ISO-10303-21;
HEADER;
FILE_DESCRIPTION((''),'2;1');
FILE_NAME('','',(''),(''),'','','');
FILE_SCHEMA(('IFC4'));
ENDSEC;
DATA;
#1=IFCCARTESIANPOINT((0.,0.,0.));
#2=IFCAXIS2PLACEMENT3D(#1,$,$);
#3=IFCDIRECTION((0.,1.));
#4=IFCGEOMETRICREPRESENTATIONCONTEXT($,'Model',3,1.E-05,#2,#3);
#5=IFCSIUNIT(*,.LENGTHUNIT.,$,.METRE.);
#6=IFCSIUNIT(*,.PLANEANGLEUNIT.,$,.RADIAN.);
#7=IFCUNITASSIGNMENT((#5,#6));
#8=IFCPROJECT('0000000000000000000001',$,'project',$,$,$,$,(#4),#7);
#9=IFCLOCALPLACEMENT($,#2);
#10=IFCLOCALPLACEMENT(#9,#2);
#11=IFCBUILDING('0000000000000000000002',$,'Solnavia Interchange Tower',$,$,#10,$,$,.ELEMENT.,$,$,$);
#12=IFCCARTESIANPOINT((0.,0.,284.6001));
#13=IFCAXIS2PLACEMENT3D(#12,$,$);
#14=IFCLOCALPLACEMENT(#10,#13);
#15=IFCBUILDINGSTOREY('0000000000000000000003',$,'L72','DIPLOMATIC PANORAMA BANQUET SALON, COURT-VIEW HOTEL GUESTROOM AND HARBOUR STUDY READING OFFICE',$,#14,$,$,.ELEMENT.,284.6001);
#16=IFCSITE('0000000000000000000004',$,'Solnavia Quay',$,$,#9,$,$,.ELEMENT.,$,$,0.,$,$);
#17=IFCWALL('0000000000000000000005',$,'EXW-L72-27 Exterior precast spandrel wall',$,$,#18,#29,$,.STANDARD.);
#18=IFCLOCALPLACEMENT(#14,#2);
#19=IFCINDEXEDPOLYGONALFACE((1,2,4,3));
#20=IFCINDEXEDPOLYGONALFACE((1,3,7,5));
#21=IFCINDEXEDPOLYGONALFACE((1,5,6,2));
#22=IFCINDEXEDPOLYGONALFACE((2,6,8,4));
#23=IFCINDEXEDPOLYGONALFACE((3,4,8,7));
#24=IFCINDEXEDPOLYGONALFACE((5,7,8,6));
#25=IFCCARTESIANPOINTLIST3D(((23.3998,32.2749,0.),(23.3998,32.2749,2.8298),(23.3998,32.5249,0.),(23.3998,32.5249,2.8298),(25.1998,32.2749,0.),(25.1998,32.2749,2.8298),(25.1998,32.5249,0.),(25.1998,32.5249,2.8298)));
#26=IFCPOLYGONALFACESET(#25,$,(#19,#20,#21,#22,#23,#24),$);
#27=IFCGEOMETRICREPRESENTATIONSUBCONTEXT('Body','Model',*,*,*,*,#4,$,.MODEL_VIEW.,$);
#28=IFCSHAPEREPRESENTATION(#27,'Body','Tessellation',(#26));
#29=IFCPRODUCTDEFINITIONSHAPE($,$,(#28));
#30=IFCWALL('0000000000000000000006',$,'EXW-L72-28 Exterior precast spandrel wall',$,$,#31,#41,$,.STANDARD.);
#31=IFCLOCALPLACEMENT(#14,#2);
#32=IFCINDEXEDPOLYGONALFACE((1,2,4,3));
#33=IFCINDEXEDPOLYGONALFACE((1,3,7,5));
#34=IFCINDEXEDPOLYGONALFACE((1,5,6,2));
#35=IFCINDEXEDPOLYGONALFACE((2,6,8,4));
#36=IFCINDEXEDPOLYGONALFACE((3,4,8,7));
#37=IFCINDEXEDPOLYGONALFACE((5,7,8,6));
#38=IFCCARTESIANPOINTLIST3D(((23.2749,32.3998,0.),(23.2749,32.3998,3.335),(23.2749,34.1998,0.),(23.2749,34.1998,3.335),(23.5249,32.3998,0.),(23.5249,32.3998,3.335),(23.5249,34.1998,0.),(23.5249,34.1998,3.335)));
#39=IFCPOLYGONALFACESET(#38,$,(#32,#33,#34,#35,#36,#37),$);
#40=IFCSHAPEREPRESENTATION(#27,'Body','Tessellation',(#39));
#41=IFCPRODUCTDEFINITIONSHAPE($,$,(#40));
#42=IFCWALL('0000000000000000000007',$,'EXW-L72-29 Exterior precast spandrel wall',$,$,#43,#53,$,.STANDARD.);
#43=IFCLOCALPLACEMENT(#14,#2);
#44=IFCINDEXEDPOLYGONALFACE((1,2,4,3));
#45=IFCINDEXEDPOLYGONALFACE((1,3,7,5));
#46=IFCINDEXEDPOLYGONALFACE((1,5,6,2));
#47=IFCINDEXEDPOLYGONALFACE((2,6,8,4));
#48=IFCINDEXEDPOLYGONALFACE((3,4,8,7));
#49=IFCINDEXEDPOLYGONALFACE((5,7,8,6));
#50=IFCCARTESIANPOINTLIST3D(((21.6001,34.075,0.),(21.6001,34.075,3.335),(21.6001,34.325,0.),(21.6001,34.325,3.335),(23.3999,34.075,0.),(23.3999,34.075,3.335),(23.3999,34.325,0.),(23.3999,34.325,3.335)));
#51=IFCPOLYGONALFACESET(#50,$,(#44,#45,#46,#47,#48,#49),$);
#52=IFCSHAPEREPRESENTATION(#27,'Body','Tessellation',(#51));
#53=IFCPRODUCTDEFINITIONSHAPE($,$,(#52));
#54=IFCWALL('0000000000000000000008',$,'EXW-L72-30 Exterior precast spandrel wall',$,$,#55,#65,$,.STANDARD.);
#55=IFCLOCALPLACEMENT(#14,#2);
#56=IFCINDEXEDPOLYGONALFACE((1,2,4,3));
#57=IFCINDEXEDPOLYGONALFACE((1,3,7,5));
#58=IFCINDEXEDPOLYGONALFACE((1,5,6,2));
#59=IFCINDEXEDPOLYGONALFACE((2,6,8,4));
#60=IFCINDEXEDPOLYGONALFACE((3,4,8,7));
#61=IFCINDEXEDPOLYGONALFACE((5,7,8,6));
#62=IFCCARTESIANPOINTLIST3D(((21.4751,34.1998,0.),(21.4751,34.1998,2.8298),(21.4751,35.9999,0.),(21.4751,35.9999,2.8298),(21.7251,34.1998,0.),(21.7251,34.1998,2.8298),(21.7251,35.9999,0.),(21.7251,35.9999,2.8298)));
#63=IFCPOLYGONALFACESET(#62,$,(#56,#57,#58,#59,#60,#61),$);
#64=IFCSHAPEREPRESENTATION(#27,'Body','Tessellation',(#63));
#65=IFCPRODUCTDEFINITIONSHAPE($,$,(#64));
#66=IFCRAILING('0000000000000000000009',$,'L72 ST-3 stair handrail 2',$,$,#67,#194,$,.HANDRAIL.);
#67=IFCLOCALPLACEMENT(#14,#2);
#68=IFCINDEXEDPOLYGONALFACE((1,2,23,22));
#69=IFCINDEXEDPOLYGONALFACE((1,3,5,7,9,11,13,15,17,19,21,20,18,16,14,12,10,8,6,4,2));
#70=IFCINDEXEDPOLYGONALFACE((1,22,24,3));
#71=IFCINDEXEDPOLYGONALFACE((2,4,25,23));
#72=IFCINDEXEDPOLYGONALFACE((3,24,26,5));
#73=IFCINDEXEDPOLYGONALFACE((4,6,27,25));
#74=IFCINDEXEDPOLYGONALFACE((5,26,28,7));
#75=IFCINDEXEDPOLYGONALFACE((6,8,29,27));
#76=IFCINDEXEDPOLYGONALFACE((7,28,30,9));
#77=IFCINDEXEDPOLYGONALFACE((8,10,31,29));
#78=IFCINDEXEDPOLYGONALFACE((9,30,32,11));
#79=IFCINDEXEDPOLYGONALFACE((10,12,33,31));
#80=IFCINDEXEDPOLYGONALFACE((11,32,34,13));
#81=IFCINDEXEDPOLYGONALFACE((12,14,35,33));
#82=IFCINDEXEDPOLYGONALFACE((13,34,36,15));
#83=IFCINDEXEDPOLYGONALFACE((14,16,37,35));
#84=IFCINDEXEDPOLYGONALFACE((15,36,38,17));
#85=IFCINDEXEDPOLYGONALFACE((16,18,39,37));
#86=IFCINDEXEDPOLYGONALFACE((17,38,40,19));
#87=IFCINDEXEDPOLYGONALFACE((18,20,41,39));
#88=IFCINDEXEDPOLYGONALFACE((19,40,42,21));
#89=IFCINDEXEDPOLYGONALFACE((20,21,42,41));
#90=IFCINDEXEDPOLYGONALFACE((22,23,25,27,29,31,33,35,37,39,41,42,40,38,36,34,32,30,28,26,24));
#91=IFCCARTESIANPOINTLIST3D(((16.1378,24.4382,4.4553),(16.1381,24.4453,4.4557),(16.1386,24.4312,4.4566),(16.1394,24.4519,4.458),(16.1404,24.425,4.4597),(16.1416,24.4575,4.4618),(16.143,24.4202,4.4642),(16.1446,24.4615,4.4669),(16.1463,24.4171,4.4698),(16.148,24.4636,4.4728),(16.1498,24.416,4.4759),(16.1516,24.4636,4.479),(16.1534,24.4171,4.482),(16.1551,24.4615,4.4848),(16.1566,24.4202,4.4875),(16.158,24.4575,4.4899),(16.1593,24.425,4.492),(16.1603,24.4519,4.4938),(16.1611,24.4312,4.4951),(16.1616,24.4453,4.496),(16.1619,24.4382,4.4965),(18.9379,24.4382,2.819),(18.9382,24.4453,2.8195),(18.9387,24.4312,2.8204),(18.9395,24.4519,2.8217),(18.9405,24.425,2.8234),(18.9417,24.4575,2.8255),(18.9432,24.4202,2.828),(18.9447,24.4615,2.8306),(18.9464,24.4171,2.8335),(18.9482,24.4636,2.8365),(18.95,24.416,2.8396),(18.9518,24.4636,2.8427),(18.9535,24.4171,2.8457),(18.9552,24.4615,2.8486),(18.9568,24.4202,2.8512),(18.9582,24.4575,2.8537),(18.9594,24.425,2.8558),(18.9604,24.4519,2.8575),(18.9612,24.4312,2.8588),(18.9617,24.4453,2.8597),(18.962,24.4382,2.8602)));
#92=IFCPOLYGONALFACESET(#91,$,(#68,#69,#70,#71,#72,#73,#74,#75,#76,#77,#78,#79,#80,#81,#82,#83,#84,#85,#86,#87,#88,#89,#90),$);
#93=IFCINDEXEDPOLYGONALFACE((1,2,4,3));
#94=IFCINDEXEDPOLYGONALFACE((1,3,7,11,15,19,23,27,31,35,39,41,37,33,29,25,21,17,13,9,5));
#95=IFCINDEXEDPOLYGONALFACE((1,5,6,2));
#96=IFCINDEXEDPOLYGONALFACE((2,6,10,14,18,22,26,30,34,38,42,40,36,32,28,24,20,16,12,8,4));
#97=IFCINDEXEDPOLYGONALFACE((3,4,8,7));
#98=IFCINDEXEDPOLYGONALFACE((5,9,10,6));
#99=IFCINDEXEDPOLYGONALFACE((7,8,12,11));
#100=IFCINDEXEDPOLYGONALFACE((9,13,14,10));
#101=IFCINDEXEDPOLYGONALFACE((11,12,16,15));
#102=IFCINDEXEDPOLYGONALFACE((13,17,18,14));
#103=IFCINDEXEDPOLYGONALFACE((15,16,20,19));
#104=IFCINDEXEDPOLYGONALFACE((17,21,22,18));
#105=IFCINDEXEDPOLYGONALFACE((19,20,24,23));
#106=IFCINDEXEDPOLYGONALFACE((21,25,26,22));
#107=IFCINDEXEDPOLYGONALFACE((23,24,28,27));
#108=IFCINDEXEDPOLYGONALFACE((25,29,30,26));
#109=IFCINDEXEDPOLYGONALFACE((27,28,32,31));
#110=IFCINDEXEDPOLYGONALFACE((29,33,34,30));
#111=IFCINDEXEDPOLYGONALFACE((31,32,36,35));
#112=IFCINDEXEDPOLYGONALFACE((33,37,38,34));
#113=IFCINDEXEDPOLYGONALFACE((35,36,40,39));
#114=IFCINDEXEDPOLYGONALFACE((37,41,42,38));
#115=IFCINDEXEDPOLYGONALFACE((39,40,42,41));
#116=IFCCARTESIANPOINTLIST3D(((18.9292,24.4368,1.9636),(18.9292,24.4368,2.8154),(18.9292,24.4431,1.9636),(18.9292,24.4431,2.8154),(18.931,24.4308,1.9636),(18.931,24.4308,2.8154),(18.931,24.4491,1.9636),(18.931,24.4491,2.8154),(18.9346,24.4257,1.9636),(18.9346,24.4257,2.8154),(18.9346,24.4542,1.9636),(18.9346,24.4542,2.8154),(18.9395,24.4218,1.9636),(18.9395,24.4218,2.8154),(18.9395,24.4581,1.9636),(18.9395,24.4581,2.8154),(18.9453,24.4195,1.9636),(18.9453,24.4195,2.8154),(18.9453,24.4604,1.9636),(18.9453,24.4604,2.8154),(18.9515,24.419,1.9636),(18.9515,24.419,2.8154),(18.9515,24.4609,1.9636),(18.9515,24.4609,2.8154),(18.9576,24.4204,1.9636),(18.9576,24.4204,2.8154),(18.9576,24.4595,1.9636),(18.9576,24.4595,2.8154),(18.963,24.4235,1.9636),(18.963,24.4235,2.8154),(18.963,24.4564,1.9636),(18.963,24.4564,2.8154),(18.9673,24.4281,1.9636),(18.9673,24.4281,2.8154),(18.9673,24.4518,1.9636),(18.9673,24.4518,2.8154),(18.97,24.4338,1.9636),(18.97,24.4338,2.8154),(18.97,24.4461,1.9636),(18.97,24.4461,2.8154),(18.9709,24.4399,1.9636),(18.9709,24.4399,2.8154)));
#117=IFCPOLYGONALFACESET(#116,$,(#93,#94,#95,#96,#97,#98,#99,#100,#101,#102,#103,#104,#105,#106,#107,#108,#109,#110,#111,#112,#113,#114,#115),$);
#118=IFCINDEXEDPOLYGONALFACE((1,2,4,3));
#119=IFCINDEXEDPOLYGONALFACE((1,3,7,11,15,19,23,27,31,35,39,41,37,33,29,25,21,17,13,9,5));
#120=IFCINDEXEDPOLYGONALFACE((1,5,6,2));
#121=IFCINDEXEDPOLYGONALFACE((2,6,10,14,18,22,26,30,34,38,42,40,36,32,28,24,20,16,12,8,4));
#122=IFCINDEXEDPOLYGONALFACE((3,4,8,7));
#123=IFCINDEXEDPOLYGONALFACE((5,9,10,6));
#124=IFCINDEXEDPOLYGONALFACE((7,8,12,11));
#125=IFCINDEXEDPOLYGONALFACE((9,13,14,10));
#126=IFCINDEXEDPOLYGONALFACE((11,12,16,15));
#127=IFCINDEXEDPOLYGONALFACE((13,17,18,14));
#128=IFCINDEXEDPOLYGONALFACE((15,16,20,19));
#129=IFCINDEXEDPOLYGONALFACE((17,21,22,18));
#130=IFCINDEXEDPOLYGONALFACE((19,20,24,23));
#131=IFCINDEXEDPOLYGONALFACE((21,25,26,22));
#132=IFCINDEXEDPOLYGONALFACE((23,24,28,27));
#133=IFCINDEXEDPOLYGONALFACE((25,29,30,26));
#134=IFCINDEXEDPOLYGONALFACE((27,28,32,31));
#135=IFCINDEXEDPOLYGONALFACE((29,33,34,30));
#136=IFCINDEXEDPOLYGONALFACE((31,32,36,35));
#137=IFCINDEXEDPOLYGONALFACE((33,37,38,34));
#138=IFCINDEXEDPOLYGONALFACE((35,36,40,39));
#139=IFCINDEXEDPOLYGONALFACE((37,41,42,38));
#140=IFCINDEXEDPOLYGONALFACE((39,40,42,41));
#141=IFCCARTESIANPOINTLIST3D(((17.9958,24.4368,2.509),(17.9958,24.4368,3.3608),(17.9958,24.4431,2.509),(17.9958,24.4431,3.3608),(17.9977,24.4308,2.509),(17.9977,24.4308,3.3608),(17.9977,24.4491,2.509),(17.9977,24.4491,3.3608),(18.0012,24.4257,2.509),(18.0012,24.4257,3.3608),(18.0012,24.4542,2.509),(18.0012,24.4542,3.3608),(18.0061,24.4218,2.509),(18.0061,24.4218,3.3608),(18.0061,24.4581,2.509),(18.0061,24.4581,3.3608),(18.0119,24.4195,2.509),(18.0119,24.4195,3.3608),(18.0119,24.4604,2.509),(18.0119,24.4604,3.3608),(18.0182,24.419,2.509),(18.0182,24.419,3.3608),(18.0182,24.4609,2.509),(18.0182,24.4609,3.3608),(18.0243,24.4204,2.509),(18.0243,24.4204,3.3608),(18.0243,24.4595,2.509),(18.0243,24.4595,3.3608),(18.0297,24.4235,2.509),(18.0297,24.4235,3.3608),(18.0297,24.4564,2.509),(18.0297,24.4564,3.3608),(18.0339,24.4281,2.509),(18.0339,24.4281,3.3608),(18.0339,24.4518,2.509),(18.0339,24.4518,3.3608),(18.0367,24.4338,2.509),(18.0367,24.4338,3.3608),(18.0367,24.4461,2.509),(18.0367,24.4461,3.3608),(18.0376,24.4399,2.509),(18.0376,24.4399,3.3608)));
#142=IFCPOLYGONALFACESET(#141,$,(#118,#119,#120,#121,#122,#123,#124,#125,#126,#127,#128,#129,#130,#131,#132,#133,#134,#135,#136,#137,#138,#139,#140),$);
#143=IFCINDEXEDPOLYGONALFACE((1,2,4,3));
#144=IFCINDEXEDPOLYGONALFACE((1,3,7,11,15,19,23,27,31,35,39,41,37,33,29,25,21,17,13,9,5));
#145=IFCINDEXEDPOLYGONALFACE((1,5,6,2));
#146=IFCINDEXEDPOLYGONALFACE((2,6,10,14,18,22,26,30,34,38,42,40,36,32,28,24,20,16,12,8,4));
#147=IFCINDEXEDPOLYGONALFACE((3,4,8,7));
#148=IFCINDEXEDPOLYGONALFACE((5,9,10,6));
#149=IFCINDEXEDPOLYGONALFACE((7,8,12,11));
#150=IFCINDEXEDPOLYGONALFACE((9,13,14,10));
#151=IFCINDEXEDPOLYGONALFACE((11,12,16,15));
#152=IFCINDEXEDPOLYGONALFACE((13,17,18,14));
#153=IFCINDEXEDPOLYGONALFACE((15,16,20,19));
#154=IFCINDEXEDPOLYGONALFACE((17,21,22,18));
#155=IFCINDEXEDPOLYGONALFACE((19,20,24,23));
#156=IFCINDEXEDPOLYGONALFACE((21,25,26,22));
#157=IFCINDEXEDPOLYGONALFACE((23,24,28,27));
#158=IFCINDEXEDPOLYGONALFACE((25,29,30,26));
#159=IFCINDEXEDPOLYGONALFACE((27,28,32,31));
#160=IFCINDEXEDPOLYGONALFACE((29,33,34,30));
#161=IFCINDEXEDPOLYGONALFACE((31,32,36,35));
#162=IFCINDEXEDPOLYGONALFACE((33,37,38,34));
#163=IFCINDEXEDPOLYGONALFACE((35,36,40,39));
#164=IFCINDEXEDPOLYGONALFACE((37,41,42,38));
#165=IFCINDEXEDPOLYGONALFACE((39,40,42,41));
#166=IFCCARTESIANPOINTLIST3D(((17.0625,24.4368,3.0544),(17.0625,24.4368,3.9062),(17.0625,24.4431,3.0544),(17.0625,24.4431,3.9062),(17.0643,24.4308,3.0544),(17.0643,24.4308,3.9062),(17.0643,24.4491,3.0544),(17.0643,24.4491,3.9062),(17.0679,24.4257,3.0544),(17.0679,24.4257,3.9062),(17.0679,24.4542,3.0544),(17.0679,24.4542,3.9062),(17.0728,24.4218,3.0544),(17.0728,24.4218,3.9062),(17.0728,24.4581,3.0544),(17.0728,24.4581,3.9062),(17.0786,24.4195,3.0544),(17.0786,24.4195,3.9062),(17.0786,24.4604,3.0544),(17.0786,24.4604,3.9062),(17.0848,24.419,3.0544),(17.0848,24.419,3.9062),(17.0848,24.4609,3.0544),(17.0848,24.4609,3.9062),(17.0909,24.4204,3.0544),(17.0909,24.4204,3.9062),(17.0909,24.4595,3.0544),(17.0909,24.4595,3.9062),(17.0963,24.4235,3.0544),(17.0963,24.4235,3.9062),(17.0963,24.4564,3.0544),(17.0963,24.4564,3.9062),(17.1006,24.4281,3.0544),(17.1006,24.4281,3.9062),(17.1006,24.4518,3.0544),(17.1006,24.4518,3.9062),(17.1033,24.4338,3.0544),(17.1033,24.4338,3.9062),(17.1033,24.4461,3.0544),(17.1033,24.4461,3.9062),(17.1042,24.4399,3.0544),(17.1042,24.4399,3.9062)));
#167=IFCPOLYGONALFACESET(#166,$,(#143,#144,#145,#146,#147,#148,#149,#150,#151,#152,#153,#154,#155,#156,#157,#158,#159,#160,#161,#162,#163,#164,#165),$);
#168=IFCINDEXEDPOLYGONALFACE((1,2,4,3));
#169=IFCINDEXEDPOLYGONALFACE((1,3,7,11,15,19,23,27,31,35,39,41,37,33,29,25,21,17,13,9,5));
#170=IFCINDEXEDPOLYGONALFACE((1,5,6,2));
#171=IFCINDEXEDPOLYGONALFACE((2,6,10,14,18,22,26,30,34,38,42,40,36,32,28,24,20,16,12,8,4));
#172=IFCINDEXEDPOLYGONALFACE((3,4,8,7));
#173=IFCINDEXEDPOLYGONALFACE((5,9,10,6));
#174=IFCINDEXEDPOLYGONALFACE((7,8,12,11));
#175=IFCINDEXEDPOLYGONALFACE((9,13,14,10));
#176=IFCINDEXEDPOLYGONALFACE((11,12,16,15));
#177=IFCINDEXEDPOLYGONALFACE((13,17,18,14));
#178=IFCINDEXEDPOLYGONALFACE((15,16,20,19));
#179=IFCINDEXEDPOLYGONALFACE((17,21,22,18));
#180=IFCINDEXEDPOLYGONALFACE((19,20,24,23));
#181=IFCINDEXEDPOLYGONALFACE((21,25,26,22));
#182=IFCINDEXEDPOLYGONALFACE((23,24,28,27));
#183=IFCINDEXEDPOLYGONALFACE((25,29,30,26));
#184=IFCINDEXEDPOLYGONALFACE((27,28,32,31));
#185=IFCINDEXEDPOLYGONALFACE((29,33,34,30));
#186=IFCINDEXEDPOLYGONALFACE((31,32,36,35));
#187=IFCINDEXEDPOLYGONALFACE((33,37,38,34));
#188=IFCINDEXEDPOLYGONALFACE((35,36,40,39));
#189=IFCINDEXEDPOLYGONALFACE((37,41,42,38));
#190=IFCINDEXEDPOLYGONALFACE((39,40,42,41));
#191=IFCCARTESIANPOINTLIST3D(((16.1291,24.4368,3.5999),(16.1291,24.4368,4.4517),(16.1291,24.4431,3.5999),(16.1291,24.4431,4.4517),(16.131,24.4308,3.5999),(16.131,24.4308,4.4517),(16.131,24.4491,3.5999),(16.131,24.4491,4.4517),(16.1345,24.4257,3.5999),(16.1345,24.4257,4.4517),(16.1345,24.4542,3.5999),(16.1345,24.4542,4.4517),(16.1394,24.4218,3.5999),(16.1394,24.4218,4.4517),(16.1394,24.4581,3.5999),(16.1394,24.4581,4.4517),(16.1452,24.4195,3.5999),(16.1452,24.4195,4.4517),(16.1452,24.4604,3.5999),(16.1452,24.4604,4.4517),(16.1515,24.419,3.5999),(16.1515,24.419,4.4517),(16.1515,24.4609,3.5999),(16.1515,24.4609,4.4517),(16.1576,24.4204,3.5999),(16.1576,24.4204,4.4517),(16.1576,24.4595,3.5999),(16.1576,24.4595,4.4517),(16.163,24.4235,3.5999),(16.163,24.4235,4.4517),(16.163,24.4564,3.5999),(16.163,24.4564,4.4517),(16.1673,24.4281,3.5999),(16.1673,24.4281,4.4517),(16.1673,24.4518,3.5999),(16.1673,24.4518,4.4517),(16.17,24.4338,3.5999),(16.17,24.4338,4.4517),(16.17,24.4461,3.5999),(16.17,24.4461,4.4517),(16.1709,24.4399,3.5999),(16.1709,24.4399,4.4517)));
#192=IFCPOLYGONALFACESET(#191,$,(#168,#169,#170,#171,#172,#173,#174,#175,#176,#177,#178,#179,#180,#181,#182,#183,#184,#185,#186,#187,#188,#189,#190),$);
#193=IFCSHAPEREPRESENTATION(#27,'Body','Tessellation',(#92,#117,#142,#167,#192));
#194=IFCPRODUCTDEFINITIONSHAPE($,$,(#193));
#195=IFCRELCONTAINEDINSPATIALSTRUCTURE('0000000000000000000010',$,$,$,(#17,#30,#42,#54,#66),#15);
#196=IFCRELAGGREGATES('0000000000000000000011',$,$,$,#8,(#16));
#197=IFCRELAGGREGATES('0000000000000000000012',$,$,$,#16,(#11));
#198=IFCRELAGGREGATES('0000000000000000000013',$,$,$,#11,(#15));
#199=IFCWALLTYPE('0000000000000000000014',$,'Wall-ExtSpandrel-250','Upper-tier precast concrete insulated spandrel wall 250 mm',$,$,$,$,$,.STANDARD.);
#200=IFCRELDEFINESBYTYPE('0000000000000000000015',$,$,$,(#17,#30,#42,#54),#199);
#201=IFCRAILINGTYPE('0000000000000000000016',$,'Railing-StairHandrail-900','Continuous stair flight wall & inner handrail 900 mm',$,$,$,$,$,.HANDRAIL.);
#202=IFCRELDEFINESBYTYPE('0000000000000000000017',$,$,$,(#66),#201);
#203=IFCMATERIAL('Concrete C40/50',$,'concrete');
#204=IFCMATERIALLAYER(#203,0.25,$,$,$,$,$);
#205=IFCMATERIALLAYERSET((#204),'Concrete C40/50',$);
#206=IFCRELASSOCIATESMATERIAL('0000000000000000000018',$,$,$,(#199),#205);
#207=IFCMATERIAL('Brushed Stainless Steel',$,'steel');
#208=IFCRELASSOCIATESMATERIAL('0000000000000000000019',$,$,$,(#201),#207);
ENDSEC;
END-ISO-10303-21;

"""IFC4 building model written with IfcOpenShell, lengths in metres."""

from ifc_helpers import new_model, si_unit, direction, frame, frame_2d, origin, origin_2d, place, context, subcontext, project, spatial, rectangle, circle, extrude, material, layer, layer_set, type_object, element, save


model = new_model("IFC4")

# Units and contexts
model_context = context("Model", 3, precision=1e-05, world=origin(), true_north=direction((0.0, 1.0)))
body_context = subcontext(model_context, "Body", "Model", "MODEL_VIEW")
ifc_project = project(units=[si_unit("LENGTHUNIT", "METRE"), si_unit("PLANEANGLEUNIT", "RADIAN")], contexts=[model_context])

# Site, building, storey
site_placement = place(None, origin())
site = spatial("IfcSite", under=ifc_project, at=site_placement, Name="Solnavia Quay", CompositionType="ELEMENT", RefElevation=0.0)
building_placement = place(site_placement, origin())
building = spatial("IfcBuilding", under=site, at=building_placement, Name="Solnavia Interchange Tower", CompositionType="ELEMENT")
storey_placement = place(building_placement, frame((0.0, 0.0, 284.6001)))
storey = spatial("IfcBuildingStorey", under=building, at=storey_placement, Name="L72", Description="DIPLOMATIC PANORAMA BANQUET SALON, COURT-VIEW HOTEL GUESTROOM AND HARBOUR STUDY READING OFFICE", CompositionType="ELEMENT", Elevation=284.6001)

# Shared definitions
ifc_material_1 = material(Name="Concrete C40/50", Category="concrete")
ifc_layer = layer(ifc_material_1, 0.25)
ifc_layer_set = layer_set([ifc_layer], Name="Concrete C40/50")
wall_type = type_object("IfcWallType", Name="Wall-ExtSpandrel-250", Description="Upper-tier precast concrete insulated spandrel wall 250 mm", PredefinedType="STANDARD", material=ifc_layer_set)

# Walls
wall_1_placement = place(storey_placement, frame((23.3999, 32.3999, 0.0), z_axis=(0.0, 0.0, 1.0), x_axis=(1.0, 0.0, 0.0)))
element("IfcWall", 1, at=wall_1_placement, inside=storey, type_object=wall_type, Name="EXW-L72-27 Exterior precast spandrel wall", PredefinedType="STANDARD", context=body_context, shape_type="SweptSolid", body=[
    extrude(rectangle(XDim=1.8, YDim=0.25, at=frame_2d((0.8999, 0.0))), origin(), (0.0, 0.0, 1.0), 2.8298),
])
wall_2_placement = place(storey_placement, frame((23.3999, 32.3999, 0.0), z_axis=(0.0, 0.0, 1.0), x_axis=(0.0, 1.0, 0.0)))
element("IfcWall", 2, at=wall_2_placement, inside=storey, type_object=wall_type, Name="EXW-L72-28 Exterior precast spandrel wall", PredefinedType="STANDARD", context=body_context, shape_type="SweptSolid", body=[
    extrude(rectangle(XDim=1.8, YDim=0.25, at=frame_2d((0.8999, 0.0))), origin(), (0.0, 0.0, 1.0), 3.335),
])
wall_3_placement = place(storey_placement, frame((21.6001, 34.2, 0.0), z_axis=(0.0, 0.0, 1.0), x_axis=(1.0, 0.0, 0.0)))
element("IfcWall", 3, at=wall_3_placement, inside=storey, type_object=wall_type, Name="EXW-L72-29 Exterior precast spandrel wall", PredefinedType="STANDARD", context=body_context, shape_type="SweptSolid", body=[
    extrude(rectangle(XDim=1.7998, YDim=0.25, at=frame_2d((0.8999, 0.0))), origin(), (0.0, 0.0, 1.0), 3.335),
])
wall_4_placement = place(storey_placement, frame((21.6001, 34.2, 0.0), z_axis=(0.0, 0.0, 1.0), x_axis=(0.0, 1.0, 0.0)))
element("IfcWall", 4, at=wall_4_placement, inside=storey, type_object=wall_type, Name="EXW-L72-30 Exterior precast spandrel wall", PredefinedType="STANDARD", context=body_context, shape_type="SweptSolid", body=[
    extrude(rectangle(XDim=1.8, YDim=0.25, at=frame_2d((0.8999, 0.0))), origin(), (0.0, 0.0, 1.0), 2.8298),
])

# Railing
ifc_material_2 = material(Name="Brushed Stainless Steel", Category="steel")
railing_type = type_object("IfcRailingType", Name="Railing-StairHandrail-900", Description="Continuous stair flight wall & inner handrail 900 mm", PredefinedType="HANDRAIL", material=ifc_material_2)
railing_placement = place(storey_placement, frame((18.95, 24.4399, 1.9636)))
element("IfcRailing", 5, at=railing_placement, inside=storey, type_object=railing_type, Name="L72 ST-3 stair handrail 2", PredefinedType="HANDRAIL", context=body_context, shape_type="SweptSolid", body=[
    extrude(circle(Radius=0.0239, at=origin_2d()), frame((0.0, 0.0, 0.876), z_axis=(-0.863394, 0.0, 0.504531), x_axis=(0.0, -1.0, 0.0)), (0.0, 0.0, 1.0), 3.2432),
    extrude(circle(Radius=0.021, at=origin_2d()), origin(), (0.0, 0.0, 1.0), 0.8518),
    extrude(circle(Radius=0.021, at=origin_2d()), frame((-0.9333, 0.0, 0.5454)), (0.0, 0.0, 1.0), 0.8518),
    extrude(circle(Radius=0.021, at=origin_2d()), frame((-1.8667, 0.0, 1.0908)), (0.0, 0.0, 1.0), 0.8518),
    extrude(circle(Radius=0.021, at=origin_2d()), frame((-2.8, 0.0, 1.6362)), (0.0, 0.0, 1.0), 0.8518),
])

save(model, "model.ifc")
